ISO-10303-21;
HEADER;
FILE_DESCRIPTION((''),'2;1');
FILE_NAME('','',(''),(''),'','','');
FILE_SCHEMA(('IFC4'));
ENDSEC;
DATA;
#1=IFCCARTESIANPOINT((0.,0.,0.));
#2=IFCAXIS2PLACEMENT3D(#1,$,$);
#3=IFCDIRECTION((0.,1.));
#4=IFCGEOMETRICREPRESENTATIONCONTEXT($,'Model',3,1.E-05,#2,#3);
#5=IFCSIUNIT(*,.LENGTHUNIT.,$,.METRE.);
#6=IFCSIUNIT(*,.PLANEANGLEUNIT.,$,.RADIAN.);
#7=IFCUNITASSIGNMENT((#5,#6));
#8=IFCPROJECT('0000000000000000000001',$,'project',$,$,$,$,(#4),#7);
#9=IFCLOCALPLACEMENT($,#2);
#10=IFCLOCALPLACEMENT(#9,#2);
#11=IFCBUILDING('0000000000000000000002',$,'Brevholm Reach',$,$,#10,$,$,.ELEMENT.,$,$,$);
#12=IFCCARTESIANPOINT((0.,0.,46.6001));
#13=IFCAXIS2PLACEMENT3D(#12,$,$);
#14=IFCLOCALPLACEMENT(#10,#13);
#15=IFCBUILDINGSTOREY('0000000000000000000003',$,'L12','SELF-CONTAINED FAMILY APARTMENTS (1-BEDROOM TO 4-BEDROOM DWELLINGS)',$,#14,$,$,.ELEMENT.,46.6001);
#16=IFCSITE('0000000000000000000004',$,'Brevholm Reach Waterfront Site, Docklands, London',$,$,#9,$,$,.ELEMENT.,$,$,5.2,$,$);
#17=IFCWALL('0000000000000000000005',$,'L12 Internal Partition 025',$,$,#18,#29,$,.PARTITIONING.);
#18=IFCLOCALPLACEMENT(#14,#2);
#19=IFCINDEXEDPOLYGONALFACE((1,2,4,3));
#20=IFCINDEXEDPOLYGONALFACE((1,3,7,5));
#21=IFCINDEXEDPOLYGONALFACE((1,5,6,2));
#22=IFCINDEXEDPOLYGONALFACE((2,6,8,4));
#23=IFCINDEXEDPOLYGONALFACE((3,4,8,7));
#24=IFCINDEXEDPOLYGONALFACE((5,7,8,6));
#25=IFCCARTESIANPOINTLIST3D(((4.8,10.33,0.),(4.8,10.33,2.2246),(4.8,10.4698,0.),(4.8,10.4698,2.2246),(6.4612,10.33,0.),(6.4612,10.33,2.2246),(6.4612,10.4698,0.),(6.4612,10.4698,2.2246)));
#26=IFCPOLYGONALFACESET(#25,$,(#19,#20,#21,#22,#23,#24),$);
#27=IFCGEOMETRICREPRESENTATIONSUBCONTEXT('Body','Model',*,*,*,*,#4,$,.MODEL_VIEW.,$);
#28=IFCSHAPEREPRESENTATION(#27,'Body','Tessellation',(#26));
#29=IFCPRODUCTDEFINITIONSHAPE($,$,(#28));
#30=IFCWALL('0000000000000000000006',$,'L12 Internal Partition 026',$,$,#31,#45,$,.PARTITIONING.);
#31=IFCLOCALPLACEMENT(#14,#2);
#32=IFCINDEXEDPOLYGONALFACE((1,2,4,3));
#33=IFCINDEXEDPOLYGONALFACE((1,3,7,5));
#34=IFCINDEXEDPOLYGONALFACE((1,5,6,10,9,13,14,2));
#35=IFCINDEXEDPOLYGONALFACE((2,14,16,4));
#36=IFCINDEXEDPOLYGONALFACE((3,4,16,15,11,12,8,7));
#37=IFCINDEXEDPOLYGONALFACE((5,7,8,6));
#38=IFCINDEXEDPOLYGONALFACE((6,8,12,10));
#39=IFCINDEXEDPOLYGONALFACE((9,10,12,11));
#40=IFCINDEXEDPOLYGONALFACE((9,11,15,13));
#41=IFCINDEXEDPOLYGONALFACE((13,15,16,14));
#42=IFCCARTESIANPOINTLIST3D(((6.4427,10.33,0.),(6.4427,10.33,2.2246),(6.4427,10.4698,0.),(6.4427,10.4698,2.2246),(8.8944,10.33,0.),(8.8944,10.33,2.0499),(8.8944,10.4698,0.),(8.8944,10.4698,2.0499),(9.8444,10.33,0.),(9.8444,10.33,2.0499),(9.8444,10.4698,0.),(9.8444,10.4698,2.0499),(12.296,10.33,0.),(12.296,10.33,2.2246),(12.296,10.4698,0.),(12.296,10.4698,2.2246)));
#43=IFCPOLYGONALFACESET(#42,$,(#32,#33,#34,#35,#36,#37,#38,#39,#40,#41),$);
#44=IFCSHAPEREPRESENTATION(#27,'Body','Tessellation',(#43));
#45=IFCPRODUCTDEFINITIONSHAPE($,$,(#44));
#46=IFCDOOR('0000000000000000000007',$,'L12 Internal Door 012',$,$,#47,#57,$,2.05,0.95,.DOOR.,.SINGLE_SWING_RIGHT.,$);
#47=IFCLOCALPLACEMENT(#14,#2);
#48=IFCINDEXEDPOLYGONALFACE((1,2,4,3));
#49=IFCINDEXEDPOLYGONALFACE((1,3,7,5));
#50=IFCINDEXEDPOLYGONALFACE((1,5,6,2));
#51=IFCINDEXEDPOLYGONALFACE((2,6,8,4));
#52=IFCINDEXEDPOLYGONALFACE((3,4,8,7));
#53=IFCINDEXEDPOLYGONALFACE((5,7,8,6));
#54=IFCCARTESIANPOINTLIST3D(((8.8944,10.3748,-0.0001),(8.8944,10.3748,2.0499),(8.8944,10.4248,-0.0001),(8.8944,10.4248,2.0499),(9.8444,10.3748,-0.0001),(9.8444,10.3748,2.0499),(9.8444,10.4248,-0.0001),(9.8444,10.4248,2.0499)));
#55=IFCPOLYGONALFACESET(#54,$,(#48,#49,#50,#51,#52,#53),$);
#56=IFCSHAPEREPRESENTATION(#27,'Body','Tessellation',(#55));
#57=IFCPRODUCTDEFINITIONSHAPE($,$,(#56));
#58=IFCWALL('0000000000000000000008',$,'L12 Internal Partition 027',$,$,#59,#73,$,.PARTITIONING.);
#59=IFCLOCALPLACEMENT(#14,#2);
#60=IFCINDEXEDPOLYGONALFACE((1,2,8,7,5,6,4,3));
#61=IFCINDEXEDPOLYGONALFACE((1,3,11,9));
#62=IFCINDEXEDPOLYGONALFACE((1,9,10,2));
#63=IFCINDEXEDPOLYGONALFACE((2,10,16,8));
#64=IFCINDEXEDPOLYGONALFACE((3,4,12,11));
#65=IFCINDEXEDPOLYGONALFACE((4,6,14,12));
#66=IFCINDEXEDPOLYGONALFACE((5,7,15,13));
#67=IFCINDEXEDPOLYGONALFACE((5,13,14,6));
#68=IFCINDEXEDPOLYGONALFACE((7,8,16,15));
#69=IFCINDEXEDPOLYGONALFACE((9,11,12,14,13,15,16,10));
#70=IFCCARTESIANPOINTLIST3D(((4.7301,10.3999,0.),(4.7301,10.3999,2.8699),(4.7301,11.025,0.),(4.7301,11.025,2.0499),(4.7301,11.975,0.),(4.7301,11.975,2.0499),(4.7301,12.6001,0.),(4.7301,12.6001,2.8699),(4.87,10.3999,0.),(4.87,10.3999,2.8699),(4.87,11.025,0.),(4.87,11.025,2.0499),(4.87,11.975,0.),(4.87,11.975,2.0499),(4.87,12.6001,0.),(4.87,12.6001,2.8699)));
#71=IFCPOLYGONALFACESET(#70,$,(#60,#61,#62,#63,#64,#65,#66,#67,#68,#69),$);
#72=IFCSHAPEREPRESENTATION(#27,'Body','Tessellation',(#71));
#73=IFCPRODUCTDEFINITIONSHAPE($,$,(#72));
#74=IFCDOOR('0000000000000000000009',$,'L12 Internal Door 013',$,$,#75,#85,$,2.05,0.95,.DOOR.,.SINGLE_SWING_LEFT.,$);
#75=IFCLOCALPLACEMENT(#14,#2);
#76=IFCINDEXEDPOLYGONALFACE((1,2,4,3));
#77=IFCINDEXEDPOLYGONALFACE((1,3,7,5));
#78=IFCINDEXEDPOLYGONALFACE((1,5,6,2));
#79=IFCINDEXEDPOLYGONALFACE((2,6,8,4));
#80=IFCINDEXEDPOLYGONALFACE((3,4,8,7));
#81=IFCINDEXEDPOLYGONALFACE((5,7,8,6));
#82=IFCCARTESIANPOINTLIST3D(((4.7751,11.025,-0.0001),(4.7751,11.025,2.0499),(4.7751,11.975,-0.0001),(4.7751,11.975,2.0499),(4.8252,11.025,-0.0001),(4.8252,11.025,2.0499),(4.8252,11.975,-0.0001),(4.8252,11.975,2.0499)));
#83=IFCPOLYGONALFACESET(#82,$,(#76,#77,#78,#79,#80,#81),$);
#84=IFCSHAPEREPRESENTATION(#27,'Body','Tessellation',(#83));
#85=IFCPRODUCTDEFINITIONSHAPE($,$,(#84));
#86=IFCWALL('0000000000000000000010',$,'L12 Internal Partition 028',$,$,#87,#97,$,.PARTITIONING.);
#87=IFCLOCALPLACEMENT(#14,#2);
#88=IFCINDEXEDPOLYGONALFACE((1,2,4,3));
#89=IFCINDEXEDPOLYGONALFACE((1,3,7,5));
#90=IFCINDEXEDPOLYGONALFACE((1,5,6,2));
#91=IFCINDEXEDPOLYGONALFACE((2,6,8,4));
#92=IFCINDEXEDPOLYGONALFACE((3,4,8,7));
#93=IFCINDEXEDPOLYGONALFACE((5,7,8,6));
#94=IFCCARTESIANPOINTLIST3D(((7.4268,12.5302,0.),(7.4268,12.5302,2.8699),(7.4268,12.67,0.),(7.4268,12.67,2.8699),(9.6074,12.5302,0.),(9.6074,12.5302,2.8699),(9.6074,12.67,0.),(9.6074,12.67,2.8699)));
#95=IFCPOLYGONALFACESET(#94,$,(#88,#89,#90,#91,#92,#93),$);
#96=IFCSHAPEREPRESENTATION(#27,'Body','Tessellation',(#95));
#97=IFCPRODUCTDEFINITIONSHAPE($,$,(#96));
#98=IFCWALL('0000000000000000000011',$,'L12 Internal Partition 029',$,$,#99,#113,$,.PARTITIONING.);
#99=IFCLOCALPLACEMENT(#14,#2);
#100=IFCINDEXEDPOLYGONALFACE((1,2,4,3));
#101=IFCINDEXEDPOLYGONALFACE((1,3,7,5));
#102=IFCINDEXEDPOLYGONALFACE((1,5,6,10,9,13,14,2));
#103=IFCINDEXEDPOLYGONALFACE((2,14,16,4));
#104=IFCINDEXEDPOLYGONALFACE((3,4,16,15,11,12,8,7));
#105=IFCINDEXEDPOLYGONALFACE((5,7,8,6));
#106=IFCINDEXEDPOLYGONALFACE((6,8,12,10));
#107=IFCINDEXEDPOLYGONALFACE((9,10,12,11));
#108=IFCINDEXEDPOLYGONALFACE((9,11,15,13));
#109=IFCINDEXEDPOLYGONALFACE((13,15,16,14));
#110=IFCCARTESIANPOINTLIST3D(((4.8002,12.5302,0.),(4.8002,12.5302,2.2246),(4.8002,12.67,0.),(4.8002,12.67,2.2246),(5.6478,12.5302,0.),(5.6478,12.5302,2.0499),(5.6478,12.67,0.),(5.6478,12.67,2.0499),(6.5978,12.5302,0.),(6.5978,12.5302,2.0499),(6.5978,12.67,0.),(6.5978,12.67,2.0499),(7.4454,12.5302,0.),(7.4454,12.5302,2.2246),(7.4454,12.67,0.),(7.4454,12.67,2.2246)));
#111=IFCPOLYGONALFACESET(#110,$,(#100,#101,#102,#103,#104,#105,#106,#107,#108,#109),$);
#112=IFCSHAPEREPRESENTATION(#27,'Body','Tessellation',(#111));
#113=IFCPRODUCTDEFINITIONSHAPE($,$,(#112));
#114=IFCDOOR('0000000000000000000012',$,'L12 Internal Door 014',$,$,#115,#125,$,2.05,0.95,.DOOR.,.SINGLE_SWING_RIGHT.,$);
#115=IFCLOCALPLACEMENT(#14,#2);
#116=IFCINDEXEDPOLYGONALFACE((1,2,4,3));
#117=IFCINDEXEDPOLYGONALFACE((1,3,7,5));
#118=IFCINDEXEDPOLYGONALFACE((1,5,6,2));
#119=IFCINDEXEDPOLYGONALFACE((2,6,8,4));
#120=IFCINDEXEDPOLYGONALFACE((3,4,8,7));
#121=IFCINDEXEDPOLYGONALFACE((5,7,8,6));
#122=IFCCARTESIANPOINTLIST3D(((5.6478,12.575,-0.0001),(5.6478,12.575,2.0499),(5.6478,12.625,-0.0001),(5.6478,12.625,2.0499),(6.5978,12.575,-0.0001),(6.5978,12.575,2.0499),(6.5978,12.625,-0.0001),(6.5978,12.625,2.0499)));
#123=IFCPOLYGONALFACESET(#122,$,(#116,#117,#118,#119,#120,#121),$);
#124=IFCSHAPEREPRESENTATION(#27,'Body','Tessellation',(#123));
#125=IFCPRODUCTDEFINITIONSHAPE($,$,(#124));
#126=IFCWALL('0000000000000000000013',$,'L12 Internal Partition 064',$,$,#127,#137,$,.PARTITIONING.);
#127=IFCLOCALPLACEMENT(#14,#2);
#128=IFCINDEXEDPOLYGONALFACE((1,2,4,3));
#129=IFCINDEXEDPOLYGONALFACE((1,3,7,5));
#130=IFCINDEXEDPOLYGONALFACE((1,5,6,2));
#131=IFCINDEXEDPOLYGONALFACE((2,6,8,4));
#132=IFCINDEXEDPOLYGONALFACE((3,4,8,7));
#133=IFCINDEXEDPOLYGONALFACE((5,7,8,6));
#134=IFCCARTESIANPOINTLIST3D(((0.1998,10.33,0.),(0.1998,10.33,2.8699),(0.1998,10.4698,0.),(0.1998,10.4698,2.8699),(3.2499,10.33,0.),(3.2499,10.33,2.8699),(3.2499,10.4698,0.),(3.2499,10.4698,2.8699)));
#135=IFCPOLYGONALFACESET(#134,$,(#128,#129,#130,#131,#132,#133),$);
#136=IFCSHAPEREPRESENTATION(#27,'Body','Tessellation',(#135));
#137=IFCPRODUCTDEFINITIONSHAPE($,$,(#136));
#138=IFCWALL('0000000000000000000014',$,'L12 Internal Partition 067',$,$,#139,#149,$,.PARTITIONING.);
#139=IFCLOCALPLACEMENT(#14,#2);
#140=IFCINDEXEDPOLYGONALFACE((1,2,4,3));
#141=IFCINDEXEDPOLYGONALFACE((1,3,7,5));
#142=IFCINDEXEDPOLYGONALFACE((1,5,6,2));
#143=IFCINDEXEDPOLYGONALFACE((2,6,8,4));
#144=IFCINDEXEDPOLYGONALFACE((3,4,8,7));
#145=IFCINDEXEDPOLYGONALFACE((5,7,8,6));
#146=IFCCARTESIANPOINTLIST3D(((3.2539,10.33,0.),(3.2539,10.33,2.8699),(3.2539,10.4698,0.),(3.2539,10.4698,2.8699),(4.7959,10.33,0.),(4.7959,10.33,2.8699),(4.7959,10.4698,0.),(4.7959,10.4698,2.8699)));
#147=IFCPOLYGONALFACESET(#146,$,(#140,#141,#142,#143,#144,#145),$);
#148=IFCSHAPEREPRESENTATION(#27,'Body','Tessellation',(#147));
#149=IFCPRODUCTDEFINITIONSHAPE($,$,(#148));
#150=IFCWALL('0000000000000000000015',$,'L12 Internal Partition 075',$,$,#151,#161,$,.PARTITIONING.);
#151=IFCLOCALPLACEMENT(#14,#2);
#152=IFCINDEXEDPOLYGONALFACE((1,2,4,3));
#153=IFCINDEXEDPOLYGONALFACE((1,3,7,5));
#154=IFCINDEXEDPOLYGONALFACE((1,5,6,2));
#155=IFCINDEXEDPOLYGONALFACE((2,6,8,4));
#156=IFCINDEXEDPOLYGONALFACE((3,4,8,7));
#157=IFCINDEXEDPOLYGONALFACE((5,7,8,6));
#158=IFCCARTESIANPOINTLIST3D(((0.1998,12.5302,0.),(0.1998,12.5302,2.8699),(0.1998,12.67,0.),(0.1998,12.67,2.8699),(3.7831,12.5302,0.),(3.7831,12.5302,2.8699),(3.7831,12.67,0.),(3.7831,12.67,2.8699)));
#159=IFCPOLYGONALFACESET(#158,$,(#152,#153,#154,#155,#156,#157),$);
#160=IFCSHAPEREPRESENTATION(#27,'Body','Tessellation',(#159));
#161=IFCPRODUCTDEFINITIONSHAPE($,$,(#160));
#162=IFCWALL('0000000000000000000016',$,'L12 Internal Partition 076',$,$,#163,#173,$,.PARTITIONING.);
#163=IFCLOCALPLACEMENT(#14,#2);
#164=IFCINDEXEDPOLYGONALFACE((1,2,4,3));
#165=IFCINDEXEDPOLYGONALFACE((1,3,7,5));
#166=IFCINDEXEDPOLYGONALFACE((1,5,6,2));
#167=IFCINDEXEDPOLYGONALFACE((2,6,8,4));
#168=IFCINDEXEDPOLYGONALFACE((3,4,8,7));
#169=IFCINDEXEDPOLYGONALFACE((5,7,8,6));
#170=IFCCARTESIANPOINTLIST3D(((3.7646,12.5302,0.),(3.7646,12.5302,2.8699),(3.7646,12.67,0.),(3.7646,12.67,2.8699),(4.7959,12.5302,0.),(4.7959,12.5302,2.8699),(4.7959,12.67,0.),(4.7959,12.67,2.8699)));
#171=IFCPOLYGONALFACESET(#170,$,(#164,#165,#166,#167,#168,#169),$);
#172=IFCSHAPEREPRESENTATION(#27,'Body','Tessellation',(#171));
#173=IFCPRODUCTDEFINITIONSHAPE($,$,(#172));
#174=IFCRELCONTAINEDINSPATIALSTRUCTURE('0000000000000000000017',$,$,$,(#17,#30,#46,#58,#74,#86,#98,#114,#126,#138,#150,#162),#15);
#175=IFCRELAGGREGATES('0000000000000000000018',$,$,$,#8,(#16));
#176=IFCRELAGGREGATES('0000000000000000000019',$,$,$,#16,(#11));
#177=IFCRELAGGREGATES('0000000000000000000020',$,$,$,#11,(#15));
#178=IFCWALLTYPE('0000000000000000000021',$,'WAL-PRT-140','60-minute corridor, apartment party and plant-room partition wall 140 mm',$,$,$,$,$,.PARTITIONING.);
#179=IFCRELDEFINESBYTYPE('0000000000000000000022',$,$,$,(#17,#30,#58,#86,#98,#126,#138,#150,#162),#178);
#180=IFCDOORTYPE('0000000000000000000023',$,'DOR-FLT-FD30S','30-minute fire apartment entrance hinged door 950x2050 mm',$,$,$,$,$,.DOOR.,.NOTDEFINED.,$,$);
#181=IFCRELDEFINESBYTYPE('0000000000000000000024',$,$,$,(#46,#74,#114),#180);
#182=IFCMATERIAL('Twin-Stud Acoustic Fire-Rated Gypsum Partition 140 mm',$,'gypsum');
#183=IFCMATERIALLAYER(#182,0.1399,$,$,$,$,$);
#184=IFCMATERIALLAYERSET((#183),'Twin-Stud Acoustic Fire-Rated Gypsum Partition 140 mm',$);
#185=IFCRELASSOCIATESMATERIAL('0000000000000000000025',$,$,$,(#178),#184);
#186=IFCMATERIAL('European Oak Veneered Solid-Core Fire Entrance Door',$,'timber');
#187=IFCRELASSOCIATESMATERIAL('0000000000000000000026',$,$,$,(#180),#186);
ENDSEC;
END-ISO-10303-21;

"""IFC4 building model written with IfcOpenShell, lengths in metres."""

from ifc_helpers import new_model, si_unit, direction, frame, frame_2d, origin, place, context, subcontext, project, spatial, rectangle, extrude, material, layer, layer_set, type_object, element, fill, save


model = new_model("IFC4")

# Units and contexts
model_context = context("Model", 3, precision=1e-05, world=origin(), true_north=direction((0.0, 1.0)))
body_context = subcontext(model_context, "Body", "Model", "MODEL_VIEW")
ifc_project = project(units=[si_unit("LENGTHUNIT", "METRE"), si_unit("PLANEANGLEUNIT", "RADIAN")], contexts=[model_context])

# Site, building, storey
site_placement = place(None, origin())
site = spatial("IfcSite", under=ifc_project, at=site_placement, Name="Brevholm Reach Waterfront Site, Docklands, London", CompositionType="ELEMENT", RefElevation=5.2)
building_placement = place(site_placement, origin())
building = spatial("IfcBuilding", under=site, at=building_placement, Name="Brevholm Reach", CompositionType="ELEMENT")
storey_placement = place(building_placement, frame((0.0, 0.0, 46.6001)))
storey = spatial("IfcBuildingStorey", under=building, at=storey_placement, Name="L12", Description="SELF-CONTAINED FAMILY APARTMENTS (1-BEDROOM TO 4-BEDROOM DWELLINGS)", CompositionType="ELEMENT", Elevation=46.6001)

# Wall
ifc_material_1 = material(Name="Twin-Stud Acoustic Fire-Rated Gypsum Partition 140 mm", Category="gypsum")
ifc_layer_1 = layer(ifc_material_1, 0.1399)
ifc_layer_set_1 = layer_set([ifc_layer_1], Name="Twin-Stud Acoustic Fire-Rated Gypsum Partition 140 mm")
wall_type_1 = type_object("IfcWallType", Name="WAL-PRT-140", Description="60-minute corridor, apartment party and plant-room partition wall 140 mm", PredefinedType="PARTITIONING", material=ifc_layer_set_1)
wall_1_placement = place(storey_placement, frame((4.8, 10.3999, 0.0), z_axis=(0.0, 0.0, 1.0), x_axis=(1.0, 0.0, 0.0)))
element("IfcWall", 1, at=wall_1_placement, inside=storey, type_object=wall_type_1, Name="L12 Internal Partition 025", PredefinedType="PARTITIONING", context=body_context, shape_type="SweptSolid", body=[
    extrude(rectangle(XDim=1.6611, YDim=0.1399, at=frame_2d((0.8306, 0.0))), origin(), (0.0, 0.0, 1.0), 2.2246),
])

# Walls, openings, doors
wall_2_placement = place(storey_placement, frame((6.4426, 10.3999, 0.0), z_axis=(0.0, 0.0, 1.0), x_axis=(1.0, 0.0, 0.0)))
wall_2 = element("IfcWall", 2, at=wall_2_placement, inside=storey, type_object=wall_type_1, Name="L12 Internal Partition 026", PredefinedType="PARTITIONING", context=body_context, shape_type="SweptSolid", body=[
    extrude(rectangle(XDim=5.8533, YDim=0.1399, at=frame_2d((2.9268, 0.0))), origin(), (0.0, 0.0, 1.0), 2.2246),
])
opening_1_placement = place(wall_2_placement, frame((2.4517, 0.0, 0.0)))
opening_1 = element("IfcOpeningElement", 3, at=opening_1_placement, cuts=wall_2, PredefinedType="OPENING", context=body_context, shape_type="SweptSolid", body=[
    extrude(rectangle(XDim=0.95, YDim=2.05, at=frame_2d((0.4751, 1.0249))), frame((0.0, 0.0798, 0.0), z_axis=(0.0, -1.0, 0.0), x_axis=(1.0, 0.0, 0.0)), (0.0, 0.0, 1.0), 0.1599),
])
ifc_material_2 = material(Name="European Oak Veneered Solid-Core Fire Entrance Door", Category="timber")
door_type_1 = type_object("IfcDoorType", Name="DOR-FLT-FD30S", Description="30-minute fire apartment entrance hinged door 950x2050 mm", OperationType="NOTDEFINED", PredefinedType="DOOR", material=ifc_material_2)
door_1_placement = place(opening_1_placement, origin())
door_1 = element("IfcDoor", 4, at=door_1_placement, inside=storey, type_object=door_type_1, Name="L12 Internal Door 012", OperationType="SINGLE_SWING_RIGHT", OverallHeight=2.05, OverallWidth=0.95, PredefinedType="DOOR", context=body_context, shape_type="SweptSolid", body=[
    extrude(rectangle(XDim=0.95, YDim=2.05, at=frame_2d((0.4751, 1.0249))), frame((0.0, 0.0249, 0.0), z_axis=(0.0, -1.0, 0.0), x_axis=(1.0, 0.0, 0.0)), (0.0, 0.0, 1.0), 0.05),
])
fill(opening_1, door_1)
wall_3_placement = place(storey_placement, frame((4.8, 10.3999, 0.0), z_axis=(0.0, 0.0, 1.0), x_axis=(0.0, 1.0, 0.0)))
wall_3 = element("IfcWall", 5, at=wall_3_placement, inside=storey, type_object=wall_type_1, Name="L12 Internal Partition 027", PredefinedType="PARTITIONING", context=body_context, shape_type="SweptSolid", body=[
    extrude(rectangle(XDim=2.2002, YDim=0.1399, at=frame_2d((1.1001, 0.0))), origin(), (0.0, 0.0, 1.0), 2.8699),
])
opening_2_placement = place(wall_3_placement, frame((0.625, 0.0, 0.0)))
opening_2 = element("IfcOpeningElement", 6, at=opening_2_placement, cuts=wall_3, PredefinedType="OPENING", context=body_context, shape_type="SweptSolid", body=[
    extrude(rectangle(XDim=0.95, YDim=2.05, at=frame_2d((0.4751, 1.0249))), frame((0.0, 0.0798, 0.0), z_axis=(0.0, -1.0, 0.0), x_axis=(1.0, 0.0, 0.0)), (0.0, 0.0, 1.0), 0.1599),
])
door_2_placement = place(opening_2_placement, origin())
door_2 = element("IfcDoor", 7, at=door_2_placement, inside=storey, type_object=door_type_1, Name="L12 Internal Door 013", OperationType="SINGLE_SWING_LEFT", OverallHeight=2.05, OverallWidth=0.95, PredefinedType="DOOR", context=body_context, shape_type="SweptSolid", body=[
    extrude(rectangle(XDim=0.95, YDim=2.05, at=frame_2d((0.4751, 1.0249))), frame((0.0, 0.0249, 0.0), z_axis=(0.0, -1.0, 0.0), x_axis=(1.0, 0.0, 0.0)), (0.0, 0.0, 1.0), 0.05),
])
fill(opening_2, door_2)

# Wall
wall_4_placement = place(storey_placement, frame((7.4268, 12.6001, 0.0), z_axis=(0.0, 0.0, 1.0), x_axis=(1.0, 0.0, 0.0)))
element("IfcWall", 8, at=wall_4_placement, inside=storey, type_object=wall_type_1, Name="L12 Internal Partition 028", PredefinedType="PARTITIONING", context=body_context, shape_type="SweptSolid", body=[
    extrude(rectangle(XDim=2.1807, YDim=0.1399, at=frame_2d((1.0903, 0.0))), origin(), (0.0, 0.0, 1.0), 2.8699),
])

# Wall, opening, door
wall_5_placement = place(storey_placement, frame((4.8, 12.6001, 0.0), z_axis=(0.0, 0.0, 1.0), x_axis=(1.0, 0.0, 0.0)))
wall_5 = element("IfcWall", 9, at=wall_5_placement, inside=storey, type_object=wall_type_1, Name="L12 Internal Partition 029", PredefinedType="PARTITIONING", context=body_context, shape_type="SweptSolid", body=[
    extrude(rectangle(XDim=2.6453, YDim=0.1399, at=frame_2d((1.3228, 0.0))), origin(), (0.0, 0.0, 1.0), 2.2246),
])
opening_3_placement = place(wall_5_placement, frame((0.8477, 0.0, 0.0)))
opening_3 = element("IfcOpeningElement", 10, at=opening_3_placement, cuts=wall_5, PredefinedType="OPENING", context=body_context, shape_type="SweptSolid", body=[
    extrude(rectangle(XDim=0.95, YDim=2.05, at=frame_2d((0.4751, 1.0249))), frame((0.0, 0.0798, 0.0), z_axis=(0.0, -1.0, 0.0), x_axis=(1.0, 0.0, 0.0)), (0.0, 0.0, 1.0), 0.1599),
])
door_3_placement = place(opening_3_placement, origin())
door_3 = element("IfcDoor", 11, at=door_3_placement, inside=storey, type_object=door_type_1, Name="L12 Internal Door 014", OperationType="SINGLE_SWING_RIGHT", OverallHeight=2.05, OverallWidth=0.95, PredefinedType="DOOR", context=body_context, shape_type="SweptSolid", body=[
    extrude(rectangle(XDim=0.95, YDim=2.05, at=frame_2d((0.4751, 1.0249))), frame((0.0, 0.0249, 0.0), z_axis=(0.0, -1.0, 0.0), x_axis=(1.0, 0.0, 0.0)), (0.0, 0.0, 1.0), 0.05),
])
fill(opening_3, door_3)

# Walls
wall_6_placement = place(storey_placement, frame((0.2, 10.3999, 0.0), z_axis=(0.0, 0.0, 1.0), x_axis=(1.0, 0.0, 0.0)))
element("IfcWall", 12, at=wall_6_placement, inside=storey, type_object=wall_type_1, Name="L12 Internal Partition 064", PredefinedType="PARTITIONING", context=body_context, shape_type="SweptSolid", body=[
    extrude(rectangle(XDim=3.05, YDim=0.1399, at=frame_2d((1.5249, 0.0))), origin(), (0.0, 0.0, 1.0), 2.8699),
])
wall_7_placement = place(storey_placement, frame((3.2539, 10.3999, 0.0), z_axis=(0.0, 0.0, 1.0), x_axis=(1.0, 0.0, 0.0)))
element("IfcWall", 13, at=wall_7_placement, inside=storey, type_object=wall_type_1, Name="L12 Internal Partition 067", PredefinedType="PARTITIONING", context=body_context, shape_type="SweptSolid", body=[
    extrude(rectangle(XDim=1.542, YDim=0.1399, at=frame_2d((0.771, 0.0))), origin(), (0.0, 0.0, 1.0), 2.8699),
])
wall_8_placement = place(storey_placement, frame((0.2, 12.6001, 0.0), z_axis=(0.0, 0.0, 1.0), x_axis=(1.0, 0.0, 0.0)))
element("IfcWall", 14, at=wall_8_placement, inside=storey, type_object=wall_type_1, Name="L12 Internal Partition 075", PredefinedType="PARTITIONING", context=body_context, shape_type="SweptSolid", body=[
    extrude(rectangle(XDim=3.5833, YDim=0.1399, at=frame_2d((1.7915, 0.0))), origin(), (0.0, 0.0, 1.0), 2.8699),
])
wall_9_placement = place(storey_placement, frame((3.7646, 12.6001, 0.0), z_axis=(0.0, 0.0, 1.0), x_axis=(1.0, 0.0, 0.0)))
element("IfcWall", 15, at=wall_9_placement, inside=storey, type_object=wall_type_1, Name="L12 Internal Partition 076", PredefinedType="PARTITIONING", context=body_context, shape_type="SweptSolid", body=[
    extrude(rectangle(XDim=1.0312, YDim=0.1399, at=frame_2d((0.5156, 0.0))), origin(), (0.0, 0.0, 1.0), 2.8699),
])

save(model, "model.ifc")
